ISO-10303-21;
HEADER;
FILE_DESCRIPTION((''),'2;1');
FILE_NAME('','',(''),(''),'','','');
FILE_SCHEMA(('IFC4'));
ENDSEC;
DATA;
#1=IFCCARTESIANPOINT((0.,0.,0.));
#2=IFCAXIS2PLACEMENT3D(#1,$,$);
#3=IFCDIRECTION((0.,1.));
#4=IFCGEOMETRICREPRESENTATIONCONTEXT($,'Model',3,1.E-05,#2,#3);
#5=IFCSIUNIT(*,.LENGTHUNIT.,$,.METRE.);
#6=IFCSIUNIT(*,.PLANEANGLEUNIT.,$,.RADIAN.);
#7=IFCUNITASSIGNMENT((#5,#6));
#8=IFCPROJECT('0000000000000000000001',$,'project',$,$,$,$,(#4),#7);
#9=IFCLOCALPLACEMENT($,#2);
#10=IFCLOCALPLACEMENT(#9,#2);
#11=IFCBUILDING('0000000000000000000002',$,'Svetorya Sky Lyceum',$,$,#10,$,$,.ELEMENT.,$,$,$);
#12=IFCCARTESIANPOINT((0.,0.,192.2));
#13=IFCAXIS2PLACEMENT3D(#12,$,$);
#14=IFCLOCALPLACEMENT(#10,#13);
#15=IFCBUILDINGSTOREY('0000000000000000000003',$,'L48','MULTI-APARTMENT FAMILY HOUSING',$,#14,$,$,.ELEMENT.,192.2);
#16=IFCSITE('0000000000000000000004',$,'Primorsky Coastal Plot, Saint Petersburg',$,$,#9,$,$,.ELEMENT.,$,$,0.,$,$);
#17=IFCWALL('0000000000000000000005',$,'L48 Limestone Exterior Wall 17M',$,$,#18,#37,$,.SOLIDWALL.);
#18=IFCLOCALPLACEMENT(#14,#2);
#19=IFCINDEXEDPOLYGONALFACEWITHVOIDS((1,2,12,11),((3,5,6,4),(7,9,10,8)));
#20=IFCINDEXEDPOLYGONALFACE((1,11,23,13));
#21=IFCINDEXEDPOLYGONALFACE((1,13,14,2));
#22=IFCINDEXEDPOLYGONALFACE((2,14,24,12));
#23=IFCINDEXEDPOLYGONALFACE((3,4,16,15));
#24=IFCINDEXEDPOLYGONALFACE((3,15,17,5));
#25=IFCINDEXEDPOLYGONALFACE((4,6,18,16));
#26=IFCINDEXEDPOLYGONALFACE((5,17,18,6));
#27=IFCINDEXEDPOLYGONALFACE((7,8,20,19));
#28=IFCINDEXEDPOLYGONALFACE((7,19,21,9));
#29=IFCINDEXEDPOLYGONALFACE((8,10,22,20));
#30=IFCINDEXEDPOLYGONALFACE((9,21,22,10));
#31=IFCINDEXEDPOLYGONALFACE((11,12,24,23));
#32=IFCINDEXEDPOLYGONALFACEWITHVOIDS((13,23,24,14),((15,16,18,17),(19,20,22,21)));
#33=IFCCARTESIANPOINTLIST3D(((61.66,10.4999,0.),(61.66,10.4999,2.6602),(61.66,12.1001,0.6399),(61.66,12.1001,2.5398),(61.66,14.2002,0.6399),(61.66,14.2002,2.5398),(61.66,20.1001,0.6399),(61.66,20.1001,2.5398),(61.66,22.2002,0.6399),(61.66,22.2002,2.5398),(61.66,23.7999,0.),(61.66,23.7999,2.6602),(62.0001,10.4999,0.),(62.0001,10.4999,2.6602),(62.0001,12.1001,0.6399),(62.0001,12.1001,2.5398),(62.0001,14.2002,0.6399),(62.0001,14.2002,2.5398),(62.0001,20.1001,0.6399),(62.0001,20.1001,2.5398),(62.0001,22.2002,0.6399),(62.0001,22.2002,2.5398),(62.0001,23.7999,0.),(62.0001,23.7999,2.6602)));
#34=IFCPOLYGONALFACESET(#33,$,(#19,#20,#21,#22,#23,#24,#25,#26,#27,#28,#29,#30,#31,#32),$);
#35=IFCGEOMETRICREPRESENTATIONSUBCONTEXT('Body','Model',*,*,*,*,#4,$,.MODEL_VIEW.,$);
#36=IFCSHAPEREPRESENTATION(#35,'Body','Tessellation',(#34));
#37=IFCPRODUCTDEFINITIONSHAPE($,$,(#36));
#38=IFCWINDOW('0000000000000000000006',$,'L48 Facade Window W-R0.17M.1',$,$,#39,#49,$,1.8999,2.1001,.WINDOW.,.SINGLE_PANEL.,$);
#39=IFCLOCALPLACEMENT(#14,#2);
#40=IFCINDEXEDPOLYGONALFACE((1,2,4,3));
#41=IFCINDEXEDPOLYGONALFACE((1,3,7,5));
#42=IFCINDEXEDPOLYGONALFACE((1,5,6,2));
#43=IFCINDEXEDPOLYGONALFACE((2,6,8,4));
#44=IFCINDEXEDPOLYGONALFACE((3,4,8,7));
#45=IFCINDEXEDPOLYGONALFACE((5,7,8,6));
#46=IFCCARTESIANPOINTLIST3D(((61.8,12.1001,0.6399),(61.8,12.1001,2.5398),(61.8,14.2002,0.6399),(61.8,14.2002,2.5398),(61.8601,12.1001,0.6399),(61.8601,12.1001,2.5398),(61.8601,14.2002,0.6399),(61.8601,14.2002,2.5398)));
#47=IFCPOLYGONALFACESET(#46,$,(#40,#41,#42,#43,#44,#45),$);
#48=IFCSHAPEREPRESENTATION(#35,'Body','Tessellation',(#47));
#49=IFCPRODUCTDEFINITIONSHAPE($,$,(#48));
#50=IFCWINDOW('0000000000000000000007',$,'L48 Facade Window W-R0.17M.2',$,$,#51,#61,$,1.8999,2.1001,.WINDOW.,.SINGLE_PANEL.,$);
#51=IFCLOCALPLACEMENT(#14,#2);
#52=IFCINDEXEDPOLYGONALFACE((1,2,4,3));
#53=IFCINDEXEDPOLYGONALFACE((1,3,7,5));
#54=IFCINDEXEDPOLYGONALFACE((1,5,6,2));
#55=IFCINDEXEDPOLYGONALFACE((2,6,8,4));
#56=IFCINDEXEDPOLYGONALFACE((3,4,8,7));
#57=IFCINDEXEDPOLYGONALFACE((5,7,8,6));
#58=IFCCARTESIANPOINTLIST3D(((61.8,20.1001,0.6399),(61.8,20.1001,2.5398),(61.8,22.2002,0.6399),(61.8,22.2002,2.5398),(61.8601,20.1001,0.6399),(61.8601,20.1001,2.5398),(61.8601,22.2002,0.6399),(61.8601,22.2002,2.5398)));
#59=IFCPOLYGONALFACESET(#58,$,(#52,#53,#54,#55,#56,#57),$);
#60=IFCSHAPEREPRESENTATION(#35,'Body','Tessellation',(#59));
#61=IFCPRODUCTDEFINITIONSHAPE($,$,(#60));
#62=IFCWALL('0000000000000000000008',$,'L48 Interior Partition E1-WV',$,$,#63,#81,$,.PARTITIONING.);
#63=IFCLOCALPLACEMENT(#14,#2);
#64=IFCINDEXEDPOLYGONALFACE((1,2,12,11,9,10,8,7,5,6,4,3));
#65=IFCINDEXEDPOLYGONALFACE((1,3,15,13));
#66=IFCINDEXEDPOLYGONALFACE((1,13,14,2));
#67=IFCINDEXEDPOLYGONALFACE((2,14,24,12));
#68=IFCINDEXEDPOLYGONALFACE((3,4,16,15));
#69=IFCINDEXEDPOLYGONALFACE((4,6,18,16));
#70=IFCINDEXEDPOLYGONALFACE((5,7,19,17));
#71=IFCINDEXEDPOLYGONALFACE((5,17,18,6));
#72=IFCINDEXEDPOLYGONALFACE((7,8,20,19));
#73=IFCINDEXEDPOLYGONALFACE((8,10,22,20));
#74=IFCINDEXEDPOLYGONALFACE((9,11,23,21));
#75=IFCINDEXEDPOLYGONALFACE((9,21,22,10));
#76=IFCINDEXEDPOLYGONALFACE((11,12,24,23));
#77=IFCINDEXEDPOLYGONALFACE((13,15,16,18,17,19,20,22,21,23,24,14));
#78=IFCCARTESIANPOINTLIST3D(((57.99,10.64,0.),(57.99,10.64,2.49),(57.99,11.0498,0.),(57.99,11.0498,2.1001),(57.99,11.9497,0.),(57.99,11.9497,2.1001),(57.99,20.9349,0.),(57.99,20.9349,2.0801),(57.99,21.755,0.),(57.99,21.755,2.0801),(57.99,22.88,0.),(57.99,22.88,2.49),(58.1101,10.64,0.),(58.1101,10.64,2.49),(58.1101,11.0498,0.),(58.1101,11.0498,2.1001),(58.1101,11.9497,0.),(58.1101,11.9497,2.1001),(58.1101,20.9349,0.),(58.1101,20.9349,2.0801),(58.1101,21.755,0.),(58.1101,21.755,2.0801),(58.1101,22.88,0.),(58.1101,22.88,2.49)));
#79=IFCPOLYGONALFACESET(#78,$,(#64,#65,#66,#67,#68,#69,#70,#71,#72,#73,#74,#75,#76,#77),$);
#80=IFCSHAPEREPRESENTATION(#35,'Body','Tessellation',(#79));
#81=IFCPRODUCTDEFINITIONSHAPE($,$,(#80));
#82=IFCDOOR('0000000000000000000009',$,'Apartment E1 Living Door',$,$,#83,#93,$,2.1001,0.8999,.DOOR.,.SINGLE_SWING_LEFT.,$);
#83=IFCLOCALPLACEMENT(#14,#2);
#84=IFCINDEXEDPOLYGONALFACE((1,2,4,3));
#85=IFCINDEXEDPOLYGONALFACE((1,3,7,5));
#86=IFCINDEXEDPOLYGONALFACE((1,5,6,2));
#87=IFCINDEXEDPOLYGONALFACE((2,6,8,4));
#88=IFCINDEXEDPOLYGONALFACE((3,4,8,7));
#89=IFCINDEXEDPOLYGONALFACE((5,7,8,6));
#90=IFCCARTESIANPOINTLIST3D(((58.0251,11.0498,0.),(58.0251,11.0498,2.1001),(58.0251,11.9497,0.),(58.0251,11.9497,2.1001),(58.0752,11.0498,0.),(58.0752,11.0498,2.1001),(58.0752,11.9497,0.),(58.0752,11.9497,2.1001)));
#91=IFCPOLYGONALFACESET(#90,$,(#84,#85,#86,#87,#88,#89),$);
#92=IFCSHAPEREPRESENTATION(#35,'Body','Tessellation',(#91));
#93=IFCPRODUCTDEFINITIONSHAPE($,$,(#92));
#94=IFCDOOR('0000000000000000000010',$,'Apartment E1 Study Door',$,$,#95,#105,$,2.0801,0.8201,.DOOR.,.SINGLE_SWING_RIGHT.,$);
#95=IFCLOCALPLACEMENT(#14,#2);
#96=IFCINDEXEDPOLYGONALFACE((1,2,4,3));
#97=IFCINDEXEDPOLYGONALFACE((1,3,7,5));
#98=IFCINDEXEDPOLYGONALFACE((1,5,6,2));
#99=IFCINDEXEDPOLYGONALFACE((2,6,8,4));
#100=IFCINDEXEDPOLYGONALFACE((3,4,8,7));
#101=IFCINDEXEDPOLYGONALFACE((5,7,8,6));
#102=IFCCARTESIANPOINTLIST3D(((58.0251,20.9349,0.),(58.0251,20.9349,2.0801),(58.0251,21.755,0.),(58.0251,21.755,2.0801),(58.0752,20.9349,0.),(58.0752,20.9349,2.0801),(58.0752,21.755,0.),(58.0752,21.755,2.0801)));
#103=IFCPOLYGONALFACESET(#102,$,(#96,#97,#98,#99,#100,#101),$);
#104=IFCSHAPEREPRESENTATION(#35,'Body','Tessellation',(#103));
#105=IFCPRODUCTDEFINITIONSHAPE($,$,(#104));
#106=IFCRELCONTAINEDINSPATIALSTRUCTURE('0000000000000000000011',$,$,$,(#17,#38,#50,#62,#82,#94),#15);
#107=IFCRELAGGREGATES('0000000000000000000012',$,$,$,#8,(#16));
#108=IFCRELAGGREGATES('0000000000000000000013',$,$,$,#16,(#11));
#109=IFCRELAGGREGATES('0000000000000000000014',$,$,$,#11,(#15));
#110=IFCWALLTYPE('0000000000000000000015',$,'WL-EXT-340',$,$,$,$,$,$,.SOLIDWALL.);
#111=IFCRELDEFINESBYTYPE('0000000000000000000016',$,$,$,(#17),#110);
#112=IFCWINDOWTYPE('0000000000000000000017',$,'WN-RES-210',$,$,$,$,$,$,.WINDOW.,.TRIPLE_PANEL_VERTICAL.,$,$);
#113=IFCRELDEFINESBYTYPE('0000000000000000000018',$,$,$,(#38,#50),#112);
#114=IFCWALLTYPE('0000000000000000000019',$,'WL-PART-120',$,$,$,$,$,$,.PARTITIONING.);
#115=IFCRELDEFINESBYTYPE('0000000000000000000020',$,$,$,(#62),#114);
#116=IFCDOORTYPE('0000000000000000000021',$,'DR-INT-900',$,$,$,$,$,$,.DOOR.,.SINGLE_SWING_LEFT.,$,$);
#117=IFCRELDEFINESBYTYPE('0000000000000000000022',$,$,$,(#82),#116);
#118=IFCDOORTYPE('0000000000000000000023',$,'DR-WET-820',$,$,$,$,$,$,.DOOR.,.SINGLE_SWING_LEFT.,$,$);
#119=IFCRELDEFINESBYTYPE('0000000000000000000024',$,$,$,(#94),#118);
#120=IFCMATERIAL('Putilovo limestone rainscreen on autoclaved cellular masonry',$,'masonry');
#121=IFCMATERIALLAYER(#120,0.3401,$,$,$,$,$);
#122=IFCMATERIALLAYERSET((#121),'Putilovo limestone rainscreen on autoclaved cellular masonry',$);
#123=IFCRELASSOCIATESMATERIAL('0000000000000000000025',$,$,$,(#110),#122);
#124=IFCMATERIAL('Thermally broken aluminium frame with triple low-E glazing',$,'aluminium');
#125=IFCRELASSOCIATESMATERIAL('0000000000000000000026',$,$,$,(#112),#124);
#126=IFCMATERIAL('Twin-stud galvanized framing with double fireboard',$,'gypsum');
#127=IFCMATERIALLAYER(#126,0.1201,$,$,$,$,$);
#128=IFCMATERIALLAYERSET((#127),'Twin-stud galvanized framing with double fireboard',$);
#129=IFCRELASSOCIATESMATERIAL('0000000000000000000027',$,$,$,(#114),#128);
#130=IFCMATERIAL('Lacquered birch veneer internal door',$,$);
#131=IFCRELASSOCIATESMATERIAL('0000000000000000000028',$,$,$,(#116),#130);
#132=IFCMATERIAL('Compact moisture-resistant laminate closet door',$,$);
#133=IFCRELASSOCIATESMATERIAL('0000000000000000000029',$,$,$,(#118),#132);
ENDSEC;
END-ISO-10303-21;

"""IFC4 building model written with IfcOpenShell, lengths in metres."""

from ifc_helpers import new_model, si_unit, direction, frame, frame_2d, origin, place, context, subcontext, project, spatial, rectangle, extrude, material, layer, layer_set, type_object, element, fill, save


model = new_model("IFC4")

# Units and contexts
model_context = context("Model", 3, precision=1e-05, world=origin(), true_north=direction((0.0, 1.0)))
body_context = subcontext(model_context, "Body", "Model", "MODEL_VIEW")
ifc_project = project(units=[si_unit("LENGTHUNIT", "METRE"), si_unit("PLANEANGLEUNIT", "RADIAN")], contexts=[model_context])

# Site, building, storey
site_placement = place(None, origin())
site = spatial("IfcSite", under=ifc_project, at=site_placement, Name="Primorsky Coastal Plot, Saint Petersburg", CompositionType="ELEMENT", RefElevation=0.0)
building_placement = place(site_placement, origin())
building = spatial("IfcBuilding", under=site, at=building_placement, Name="Svetorya Sky Lyceum", CompositionType="ELEMENT")
storey_placement = place(building_placement, frame((0.0, 0.0, 192.2)))
storey = spatial("IfcBuildingStorey", under=building, at=storey_placement, Name="L48", Description="MULTI-APARTMENT FAMILY HOUSING", CompositionType="ELEMENT", Elevation=192.2)

# Shared definitions
ifc_material_1 = material(Name="Putilovo limestone rainscreen on autoclaved cellular masonry", Category="masonry")
ifc_layer_1 = layer(ifc_material_1, 0.3401)
ifc_layer_set_1 = layer_set([ifc_layer_1], Name="Putilovo limestone rainscreen on autoclaved cellular masonry")
wall_type_1 = type_object("IfcWallType", Name="WL-EXT-340", PredefinedType="SOLIDWALL", material=ifc_layer_set_1)

# Wall, openings, windows
wall_1_placement = place(storey_placement, frame((61.8301, 10.5, 0.0), z_axis=(0.0, 0.0, 1.0), x_axis=(0.0, 1.0, 0.0)))
wall_1 = element("IfcWall", 1, at=wall_1_placement, inside=storey, type_object=wall_type_1, Name="L48 Limestone Exterior Wall 17M", PredefinedType="SOLIDWALL", context=body_context, shape_type="SweptSolid", body=[
    extrude(rectangle(XDim=13.3, YDim=0.3401, at=frame_2d((6.6499, 0.0))), origin(), (0.0, 0.0, 1.0), 2.6602),
])
opening_1_placement = place(wall_1_placement, frame((1.6001, 0.0, 0.6399)))
opening_1 = element("IfcOpeningElement", 2, at=opening_1_placement, cuts=wall_1, PredefinedType="OPENING", context=body_context, shape_type="SweptSolid", body=[
    extrude(rectangle(XDim=2.1001, YDim=1.8999, at=frame_2d((1.05, 0.95))), frame((0.0, 0.1799, 0.0), z_axis=(0.0, -1.0, 0.0), x_axis=(1.0, 0.0, 0.0)), (0.0, 0.0, 1.0), 0.3601),
])
opening_2_placement = place(wall_1_placement, frame((9.6001, 0.0, 0.6399)))
opening_2 = element("IfcOpeningElement", 3, at=opening_2_placement, cuts=wall_1, PredefinedType="OPENING", context=body_context, shape_type="SweptSolid", body=[
    extrude(rectangle(XDim=2.1001, YDim=1.8999, at=frame_2d((1.05, 0.95))), frame((0.0, 0.1799, 0.0), z_axis=(0.0, -1.0, 0.0), x_axis=(1.0, 0.0, 0.0)), (0.0, 0.0, 1.0), 0.3601),
])
ifc_material_2 = material(Name="Thermally broken aluminium frame with triple low-E glazing", Category="aluminium")
window_type = type_object("IfcWindowType", Name="WN-RES-210", PartitioningType="TRIPLE_PANEL_VERTICAL", PredefinedType="WINDOW", material=ifc_material_2)
window_1_placement = place(opening_1_placement, origin())
window_1 = element("IfcWindow", 4, at=window_1_placement, inside=storey, type_object=window_type, Name="L48 Facade Window W-R0.17M.1", OverallHeight=1.8999, OverallWidth=2.1001, PartitioningType="SINGLE_PANEL", PredefinedType="WINDOW", context=body_context, shape_type="SweptSolid", body=[
    extrude(rectangle(XDim=2.1001, YDim=1.8999, at=frame_2d((1.05, 0.95))), frame((0.0, 0.03, 0.0), z_axis=(0.0, -1.0, 0.0), x_axis=(1.0, 0.0, 0.0)), (0.0, 0.0, 1.0), 0.0601),
])
fill(opening_1, window_1)
window_2_placement = place(opening_2_placement, origin())
window_2 = element("IfcWindow", 5, at=window_2_placement, inside=storey, type_object=window_type, Name="L48 Facade Window W-R0.17M.2", OverallHeight=1.8999, OverallWidth=2.1001, PartitioningType="SINGLE_PANEL", PredefinedType="WINDOW", context=body_context, shape_type="SweptSolid", body=[
    extrude(rectangle(XDim=2.1001, YDim=1.8999, at=frame_2d((1.05, 0.95))), frame((0.0, 0.03, 0.0), z_axis=(0.0, -1.0, 0.0), x_axis=(1.0, 0.0, 0.0)), (0.0, 0.0, 1.0), 0.0601),
])
fill(opening_2, window_2)

# Wall, openings, doors
ifc_material_3 = material(Name="Twin-stud galvanized framing with double fireboard", Category="gypsum")
ifc_layer_2 = layer(ifc_material_3, 0.1201)
ifc_layer_set_2 = layer_set([ifc_layer_2], Name="Twin-stud galvanized framing with double fireboard")
wall_type_2 = type_object("IfcWallType", Name="WL-PART-120", PredefinedType="PARTITIONING", material=ifc_layer_set_2)
wall_2_placement = place(storey_placement, frame((58.05, 10.6399, 0.0), z_axis=(0.0, 0.0, 1.0), x_axis=(0.0, 1.0, 0.0)))
wall_2 = element("IfcWall", 6, at=wall_2_placement, inside=storey, type_object=wall_type_2, Name="L48 Interior Partition E1-WV", PredefinedType="PARTITIONING", context=body_context, shape_type="SweptSolid", body=[
    extrude(rectangle(XDim=12.24, YDim=0.1201, at=frame_2d((6.1201, 0.0))), origin(), (0.0, 0.0, 1.0), 2.49),
])
opening_3_placement = place(wall_2_placement, frame((0.4099, 0.0, 0.0)))
opening_3 = element("IfcOpeningElement", 7, at=opening_3_placement, cuts=wall_2, PredefinedType="OPENING", context=body_context, shape_type="SweptSolid", body=[
    extrude(rectangle(XDim=0.8999, YDim=2.1001, at=frame_2d((0.45, 1.05))), frame((0.0, 0.0701, 0.0), z_axis=(0.0, -1.0, 0.0), x_axis=(1.0, 0.0, 0.0)), (0.0, 0.0, 1.0), 0.1401),
])
opening_4_placement = place(wall_2_placement, frame((10.2949, 0.0, 0.0)))
opening_4 = element("IfcOpeningElement", 8, at=opening_4_placement, cuts=wall_2, PredefinedType="OPENING", context=body_context, shape_type="SweptSolid", body=[
    extrude(rectangle(XDim=0.8201, YDim=2.0801, at=frame_2d((0.4102, 1.04))), frame((0.0, 0.0701, 0.0), z_axis=(0.0, -1.0, 0.0), x_axis=(1.0, 0.0, 0.0)), (0.0, 0.0, 1.0), 0.1401),
])
ifc_material_4 = material(Name="Lacquered birch veneer internal door")
door_type_1 = type_object("IfcDoorType", Name="DR-INT-900", OperationType="SINGLE_SWING_LEFT", PredefinedType="DOOR", material=ifc_material_4)
door_1_placement = place(opening_3_placement, origin())
door_1 = element("IfcDoor", 9, at=door_1_placement, inside=storey, type_object=door_type_1, Name="Apartment E1 Living Door", OperationType="SINGLE_SWING_LEFT", OverallHeight=2.1001, OverallWidth=0.8999, PredefinedType="DOOR", context=body_context, shape_type="SweptSolid", body=[
    extrude(rectangle(XDim=0.8999, YDim=2.1001, at=frame_2d((0.45, 1.05))), frame((0.0, 0.0249, 0.0), z_axis=(0.0, -1.0, 0.0), x_axis=(1.0, 0.0, 0.0)), (0.0, 0.0, 1.0), 0.05),
])
fill(opening_3, door_1)
ifc_material_5 = material(Name="Compact moisture-resistant laminate closet door")
door_type_2 = type_object("IfcDoorType", Name="DR-WET-820", OperationType="SINGLE_SWING_LEFT", PredefinedType="DOOR", material=ifc_material_5)
door_2_placement = place(opening_4_placement, origin())
door_2 = element("IfcDoor", 10, at=door_2_placement, inside=storey, type_object=door_type_2, Name="Apartment E1 Study Door", OperationType="SINGLE_SWING_RIGHT", OverallHeight=2.0801, OverallWidth=0.8201, PredefinedType="DOOR", context=body_context, shape_type="SweptSolid", body=[
    extrude(rectangle(XDim=0.8201, YDim=2.0801, at=frame_2d((0.4102, 1.04))), frame((0.0, 0.0249, 0.0), z_axis=(0.0, -1.0, 0.0), x_axis=(1.0, 0.0, 0.0)), (0.0, 0.0, 1.0), 0.05),
])
fill(opening_4, door_2)

save(model, "model.ifc")
